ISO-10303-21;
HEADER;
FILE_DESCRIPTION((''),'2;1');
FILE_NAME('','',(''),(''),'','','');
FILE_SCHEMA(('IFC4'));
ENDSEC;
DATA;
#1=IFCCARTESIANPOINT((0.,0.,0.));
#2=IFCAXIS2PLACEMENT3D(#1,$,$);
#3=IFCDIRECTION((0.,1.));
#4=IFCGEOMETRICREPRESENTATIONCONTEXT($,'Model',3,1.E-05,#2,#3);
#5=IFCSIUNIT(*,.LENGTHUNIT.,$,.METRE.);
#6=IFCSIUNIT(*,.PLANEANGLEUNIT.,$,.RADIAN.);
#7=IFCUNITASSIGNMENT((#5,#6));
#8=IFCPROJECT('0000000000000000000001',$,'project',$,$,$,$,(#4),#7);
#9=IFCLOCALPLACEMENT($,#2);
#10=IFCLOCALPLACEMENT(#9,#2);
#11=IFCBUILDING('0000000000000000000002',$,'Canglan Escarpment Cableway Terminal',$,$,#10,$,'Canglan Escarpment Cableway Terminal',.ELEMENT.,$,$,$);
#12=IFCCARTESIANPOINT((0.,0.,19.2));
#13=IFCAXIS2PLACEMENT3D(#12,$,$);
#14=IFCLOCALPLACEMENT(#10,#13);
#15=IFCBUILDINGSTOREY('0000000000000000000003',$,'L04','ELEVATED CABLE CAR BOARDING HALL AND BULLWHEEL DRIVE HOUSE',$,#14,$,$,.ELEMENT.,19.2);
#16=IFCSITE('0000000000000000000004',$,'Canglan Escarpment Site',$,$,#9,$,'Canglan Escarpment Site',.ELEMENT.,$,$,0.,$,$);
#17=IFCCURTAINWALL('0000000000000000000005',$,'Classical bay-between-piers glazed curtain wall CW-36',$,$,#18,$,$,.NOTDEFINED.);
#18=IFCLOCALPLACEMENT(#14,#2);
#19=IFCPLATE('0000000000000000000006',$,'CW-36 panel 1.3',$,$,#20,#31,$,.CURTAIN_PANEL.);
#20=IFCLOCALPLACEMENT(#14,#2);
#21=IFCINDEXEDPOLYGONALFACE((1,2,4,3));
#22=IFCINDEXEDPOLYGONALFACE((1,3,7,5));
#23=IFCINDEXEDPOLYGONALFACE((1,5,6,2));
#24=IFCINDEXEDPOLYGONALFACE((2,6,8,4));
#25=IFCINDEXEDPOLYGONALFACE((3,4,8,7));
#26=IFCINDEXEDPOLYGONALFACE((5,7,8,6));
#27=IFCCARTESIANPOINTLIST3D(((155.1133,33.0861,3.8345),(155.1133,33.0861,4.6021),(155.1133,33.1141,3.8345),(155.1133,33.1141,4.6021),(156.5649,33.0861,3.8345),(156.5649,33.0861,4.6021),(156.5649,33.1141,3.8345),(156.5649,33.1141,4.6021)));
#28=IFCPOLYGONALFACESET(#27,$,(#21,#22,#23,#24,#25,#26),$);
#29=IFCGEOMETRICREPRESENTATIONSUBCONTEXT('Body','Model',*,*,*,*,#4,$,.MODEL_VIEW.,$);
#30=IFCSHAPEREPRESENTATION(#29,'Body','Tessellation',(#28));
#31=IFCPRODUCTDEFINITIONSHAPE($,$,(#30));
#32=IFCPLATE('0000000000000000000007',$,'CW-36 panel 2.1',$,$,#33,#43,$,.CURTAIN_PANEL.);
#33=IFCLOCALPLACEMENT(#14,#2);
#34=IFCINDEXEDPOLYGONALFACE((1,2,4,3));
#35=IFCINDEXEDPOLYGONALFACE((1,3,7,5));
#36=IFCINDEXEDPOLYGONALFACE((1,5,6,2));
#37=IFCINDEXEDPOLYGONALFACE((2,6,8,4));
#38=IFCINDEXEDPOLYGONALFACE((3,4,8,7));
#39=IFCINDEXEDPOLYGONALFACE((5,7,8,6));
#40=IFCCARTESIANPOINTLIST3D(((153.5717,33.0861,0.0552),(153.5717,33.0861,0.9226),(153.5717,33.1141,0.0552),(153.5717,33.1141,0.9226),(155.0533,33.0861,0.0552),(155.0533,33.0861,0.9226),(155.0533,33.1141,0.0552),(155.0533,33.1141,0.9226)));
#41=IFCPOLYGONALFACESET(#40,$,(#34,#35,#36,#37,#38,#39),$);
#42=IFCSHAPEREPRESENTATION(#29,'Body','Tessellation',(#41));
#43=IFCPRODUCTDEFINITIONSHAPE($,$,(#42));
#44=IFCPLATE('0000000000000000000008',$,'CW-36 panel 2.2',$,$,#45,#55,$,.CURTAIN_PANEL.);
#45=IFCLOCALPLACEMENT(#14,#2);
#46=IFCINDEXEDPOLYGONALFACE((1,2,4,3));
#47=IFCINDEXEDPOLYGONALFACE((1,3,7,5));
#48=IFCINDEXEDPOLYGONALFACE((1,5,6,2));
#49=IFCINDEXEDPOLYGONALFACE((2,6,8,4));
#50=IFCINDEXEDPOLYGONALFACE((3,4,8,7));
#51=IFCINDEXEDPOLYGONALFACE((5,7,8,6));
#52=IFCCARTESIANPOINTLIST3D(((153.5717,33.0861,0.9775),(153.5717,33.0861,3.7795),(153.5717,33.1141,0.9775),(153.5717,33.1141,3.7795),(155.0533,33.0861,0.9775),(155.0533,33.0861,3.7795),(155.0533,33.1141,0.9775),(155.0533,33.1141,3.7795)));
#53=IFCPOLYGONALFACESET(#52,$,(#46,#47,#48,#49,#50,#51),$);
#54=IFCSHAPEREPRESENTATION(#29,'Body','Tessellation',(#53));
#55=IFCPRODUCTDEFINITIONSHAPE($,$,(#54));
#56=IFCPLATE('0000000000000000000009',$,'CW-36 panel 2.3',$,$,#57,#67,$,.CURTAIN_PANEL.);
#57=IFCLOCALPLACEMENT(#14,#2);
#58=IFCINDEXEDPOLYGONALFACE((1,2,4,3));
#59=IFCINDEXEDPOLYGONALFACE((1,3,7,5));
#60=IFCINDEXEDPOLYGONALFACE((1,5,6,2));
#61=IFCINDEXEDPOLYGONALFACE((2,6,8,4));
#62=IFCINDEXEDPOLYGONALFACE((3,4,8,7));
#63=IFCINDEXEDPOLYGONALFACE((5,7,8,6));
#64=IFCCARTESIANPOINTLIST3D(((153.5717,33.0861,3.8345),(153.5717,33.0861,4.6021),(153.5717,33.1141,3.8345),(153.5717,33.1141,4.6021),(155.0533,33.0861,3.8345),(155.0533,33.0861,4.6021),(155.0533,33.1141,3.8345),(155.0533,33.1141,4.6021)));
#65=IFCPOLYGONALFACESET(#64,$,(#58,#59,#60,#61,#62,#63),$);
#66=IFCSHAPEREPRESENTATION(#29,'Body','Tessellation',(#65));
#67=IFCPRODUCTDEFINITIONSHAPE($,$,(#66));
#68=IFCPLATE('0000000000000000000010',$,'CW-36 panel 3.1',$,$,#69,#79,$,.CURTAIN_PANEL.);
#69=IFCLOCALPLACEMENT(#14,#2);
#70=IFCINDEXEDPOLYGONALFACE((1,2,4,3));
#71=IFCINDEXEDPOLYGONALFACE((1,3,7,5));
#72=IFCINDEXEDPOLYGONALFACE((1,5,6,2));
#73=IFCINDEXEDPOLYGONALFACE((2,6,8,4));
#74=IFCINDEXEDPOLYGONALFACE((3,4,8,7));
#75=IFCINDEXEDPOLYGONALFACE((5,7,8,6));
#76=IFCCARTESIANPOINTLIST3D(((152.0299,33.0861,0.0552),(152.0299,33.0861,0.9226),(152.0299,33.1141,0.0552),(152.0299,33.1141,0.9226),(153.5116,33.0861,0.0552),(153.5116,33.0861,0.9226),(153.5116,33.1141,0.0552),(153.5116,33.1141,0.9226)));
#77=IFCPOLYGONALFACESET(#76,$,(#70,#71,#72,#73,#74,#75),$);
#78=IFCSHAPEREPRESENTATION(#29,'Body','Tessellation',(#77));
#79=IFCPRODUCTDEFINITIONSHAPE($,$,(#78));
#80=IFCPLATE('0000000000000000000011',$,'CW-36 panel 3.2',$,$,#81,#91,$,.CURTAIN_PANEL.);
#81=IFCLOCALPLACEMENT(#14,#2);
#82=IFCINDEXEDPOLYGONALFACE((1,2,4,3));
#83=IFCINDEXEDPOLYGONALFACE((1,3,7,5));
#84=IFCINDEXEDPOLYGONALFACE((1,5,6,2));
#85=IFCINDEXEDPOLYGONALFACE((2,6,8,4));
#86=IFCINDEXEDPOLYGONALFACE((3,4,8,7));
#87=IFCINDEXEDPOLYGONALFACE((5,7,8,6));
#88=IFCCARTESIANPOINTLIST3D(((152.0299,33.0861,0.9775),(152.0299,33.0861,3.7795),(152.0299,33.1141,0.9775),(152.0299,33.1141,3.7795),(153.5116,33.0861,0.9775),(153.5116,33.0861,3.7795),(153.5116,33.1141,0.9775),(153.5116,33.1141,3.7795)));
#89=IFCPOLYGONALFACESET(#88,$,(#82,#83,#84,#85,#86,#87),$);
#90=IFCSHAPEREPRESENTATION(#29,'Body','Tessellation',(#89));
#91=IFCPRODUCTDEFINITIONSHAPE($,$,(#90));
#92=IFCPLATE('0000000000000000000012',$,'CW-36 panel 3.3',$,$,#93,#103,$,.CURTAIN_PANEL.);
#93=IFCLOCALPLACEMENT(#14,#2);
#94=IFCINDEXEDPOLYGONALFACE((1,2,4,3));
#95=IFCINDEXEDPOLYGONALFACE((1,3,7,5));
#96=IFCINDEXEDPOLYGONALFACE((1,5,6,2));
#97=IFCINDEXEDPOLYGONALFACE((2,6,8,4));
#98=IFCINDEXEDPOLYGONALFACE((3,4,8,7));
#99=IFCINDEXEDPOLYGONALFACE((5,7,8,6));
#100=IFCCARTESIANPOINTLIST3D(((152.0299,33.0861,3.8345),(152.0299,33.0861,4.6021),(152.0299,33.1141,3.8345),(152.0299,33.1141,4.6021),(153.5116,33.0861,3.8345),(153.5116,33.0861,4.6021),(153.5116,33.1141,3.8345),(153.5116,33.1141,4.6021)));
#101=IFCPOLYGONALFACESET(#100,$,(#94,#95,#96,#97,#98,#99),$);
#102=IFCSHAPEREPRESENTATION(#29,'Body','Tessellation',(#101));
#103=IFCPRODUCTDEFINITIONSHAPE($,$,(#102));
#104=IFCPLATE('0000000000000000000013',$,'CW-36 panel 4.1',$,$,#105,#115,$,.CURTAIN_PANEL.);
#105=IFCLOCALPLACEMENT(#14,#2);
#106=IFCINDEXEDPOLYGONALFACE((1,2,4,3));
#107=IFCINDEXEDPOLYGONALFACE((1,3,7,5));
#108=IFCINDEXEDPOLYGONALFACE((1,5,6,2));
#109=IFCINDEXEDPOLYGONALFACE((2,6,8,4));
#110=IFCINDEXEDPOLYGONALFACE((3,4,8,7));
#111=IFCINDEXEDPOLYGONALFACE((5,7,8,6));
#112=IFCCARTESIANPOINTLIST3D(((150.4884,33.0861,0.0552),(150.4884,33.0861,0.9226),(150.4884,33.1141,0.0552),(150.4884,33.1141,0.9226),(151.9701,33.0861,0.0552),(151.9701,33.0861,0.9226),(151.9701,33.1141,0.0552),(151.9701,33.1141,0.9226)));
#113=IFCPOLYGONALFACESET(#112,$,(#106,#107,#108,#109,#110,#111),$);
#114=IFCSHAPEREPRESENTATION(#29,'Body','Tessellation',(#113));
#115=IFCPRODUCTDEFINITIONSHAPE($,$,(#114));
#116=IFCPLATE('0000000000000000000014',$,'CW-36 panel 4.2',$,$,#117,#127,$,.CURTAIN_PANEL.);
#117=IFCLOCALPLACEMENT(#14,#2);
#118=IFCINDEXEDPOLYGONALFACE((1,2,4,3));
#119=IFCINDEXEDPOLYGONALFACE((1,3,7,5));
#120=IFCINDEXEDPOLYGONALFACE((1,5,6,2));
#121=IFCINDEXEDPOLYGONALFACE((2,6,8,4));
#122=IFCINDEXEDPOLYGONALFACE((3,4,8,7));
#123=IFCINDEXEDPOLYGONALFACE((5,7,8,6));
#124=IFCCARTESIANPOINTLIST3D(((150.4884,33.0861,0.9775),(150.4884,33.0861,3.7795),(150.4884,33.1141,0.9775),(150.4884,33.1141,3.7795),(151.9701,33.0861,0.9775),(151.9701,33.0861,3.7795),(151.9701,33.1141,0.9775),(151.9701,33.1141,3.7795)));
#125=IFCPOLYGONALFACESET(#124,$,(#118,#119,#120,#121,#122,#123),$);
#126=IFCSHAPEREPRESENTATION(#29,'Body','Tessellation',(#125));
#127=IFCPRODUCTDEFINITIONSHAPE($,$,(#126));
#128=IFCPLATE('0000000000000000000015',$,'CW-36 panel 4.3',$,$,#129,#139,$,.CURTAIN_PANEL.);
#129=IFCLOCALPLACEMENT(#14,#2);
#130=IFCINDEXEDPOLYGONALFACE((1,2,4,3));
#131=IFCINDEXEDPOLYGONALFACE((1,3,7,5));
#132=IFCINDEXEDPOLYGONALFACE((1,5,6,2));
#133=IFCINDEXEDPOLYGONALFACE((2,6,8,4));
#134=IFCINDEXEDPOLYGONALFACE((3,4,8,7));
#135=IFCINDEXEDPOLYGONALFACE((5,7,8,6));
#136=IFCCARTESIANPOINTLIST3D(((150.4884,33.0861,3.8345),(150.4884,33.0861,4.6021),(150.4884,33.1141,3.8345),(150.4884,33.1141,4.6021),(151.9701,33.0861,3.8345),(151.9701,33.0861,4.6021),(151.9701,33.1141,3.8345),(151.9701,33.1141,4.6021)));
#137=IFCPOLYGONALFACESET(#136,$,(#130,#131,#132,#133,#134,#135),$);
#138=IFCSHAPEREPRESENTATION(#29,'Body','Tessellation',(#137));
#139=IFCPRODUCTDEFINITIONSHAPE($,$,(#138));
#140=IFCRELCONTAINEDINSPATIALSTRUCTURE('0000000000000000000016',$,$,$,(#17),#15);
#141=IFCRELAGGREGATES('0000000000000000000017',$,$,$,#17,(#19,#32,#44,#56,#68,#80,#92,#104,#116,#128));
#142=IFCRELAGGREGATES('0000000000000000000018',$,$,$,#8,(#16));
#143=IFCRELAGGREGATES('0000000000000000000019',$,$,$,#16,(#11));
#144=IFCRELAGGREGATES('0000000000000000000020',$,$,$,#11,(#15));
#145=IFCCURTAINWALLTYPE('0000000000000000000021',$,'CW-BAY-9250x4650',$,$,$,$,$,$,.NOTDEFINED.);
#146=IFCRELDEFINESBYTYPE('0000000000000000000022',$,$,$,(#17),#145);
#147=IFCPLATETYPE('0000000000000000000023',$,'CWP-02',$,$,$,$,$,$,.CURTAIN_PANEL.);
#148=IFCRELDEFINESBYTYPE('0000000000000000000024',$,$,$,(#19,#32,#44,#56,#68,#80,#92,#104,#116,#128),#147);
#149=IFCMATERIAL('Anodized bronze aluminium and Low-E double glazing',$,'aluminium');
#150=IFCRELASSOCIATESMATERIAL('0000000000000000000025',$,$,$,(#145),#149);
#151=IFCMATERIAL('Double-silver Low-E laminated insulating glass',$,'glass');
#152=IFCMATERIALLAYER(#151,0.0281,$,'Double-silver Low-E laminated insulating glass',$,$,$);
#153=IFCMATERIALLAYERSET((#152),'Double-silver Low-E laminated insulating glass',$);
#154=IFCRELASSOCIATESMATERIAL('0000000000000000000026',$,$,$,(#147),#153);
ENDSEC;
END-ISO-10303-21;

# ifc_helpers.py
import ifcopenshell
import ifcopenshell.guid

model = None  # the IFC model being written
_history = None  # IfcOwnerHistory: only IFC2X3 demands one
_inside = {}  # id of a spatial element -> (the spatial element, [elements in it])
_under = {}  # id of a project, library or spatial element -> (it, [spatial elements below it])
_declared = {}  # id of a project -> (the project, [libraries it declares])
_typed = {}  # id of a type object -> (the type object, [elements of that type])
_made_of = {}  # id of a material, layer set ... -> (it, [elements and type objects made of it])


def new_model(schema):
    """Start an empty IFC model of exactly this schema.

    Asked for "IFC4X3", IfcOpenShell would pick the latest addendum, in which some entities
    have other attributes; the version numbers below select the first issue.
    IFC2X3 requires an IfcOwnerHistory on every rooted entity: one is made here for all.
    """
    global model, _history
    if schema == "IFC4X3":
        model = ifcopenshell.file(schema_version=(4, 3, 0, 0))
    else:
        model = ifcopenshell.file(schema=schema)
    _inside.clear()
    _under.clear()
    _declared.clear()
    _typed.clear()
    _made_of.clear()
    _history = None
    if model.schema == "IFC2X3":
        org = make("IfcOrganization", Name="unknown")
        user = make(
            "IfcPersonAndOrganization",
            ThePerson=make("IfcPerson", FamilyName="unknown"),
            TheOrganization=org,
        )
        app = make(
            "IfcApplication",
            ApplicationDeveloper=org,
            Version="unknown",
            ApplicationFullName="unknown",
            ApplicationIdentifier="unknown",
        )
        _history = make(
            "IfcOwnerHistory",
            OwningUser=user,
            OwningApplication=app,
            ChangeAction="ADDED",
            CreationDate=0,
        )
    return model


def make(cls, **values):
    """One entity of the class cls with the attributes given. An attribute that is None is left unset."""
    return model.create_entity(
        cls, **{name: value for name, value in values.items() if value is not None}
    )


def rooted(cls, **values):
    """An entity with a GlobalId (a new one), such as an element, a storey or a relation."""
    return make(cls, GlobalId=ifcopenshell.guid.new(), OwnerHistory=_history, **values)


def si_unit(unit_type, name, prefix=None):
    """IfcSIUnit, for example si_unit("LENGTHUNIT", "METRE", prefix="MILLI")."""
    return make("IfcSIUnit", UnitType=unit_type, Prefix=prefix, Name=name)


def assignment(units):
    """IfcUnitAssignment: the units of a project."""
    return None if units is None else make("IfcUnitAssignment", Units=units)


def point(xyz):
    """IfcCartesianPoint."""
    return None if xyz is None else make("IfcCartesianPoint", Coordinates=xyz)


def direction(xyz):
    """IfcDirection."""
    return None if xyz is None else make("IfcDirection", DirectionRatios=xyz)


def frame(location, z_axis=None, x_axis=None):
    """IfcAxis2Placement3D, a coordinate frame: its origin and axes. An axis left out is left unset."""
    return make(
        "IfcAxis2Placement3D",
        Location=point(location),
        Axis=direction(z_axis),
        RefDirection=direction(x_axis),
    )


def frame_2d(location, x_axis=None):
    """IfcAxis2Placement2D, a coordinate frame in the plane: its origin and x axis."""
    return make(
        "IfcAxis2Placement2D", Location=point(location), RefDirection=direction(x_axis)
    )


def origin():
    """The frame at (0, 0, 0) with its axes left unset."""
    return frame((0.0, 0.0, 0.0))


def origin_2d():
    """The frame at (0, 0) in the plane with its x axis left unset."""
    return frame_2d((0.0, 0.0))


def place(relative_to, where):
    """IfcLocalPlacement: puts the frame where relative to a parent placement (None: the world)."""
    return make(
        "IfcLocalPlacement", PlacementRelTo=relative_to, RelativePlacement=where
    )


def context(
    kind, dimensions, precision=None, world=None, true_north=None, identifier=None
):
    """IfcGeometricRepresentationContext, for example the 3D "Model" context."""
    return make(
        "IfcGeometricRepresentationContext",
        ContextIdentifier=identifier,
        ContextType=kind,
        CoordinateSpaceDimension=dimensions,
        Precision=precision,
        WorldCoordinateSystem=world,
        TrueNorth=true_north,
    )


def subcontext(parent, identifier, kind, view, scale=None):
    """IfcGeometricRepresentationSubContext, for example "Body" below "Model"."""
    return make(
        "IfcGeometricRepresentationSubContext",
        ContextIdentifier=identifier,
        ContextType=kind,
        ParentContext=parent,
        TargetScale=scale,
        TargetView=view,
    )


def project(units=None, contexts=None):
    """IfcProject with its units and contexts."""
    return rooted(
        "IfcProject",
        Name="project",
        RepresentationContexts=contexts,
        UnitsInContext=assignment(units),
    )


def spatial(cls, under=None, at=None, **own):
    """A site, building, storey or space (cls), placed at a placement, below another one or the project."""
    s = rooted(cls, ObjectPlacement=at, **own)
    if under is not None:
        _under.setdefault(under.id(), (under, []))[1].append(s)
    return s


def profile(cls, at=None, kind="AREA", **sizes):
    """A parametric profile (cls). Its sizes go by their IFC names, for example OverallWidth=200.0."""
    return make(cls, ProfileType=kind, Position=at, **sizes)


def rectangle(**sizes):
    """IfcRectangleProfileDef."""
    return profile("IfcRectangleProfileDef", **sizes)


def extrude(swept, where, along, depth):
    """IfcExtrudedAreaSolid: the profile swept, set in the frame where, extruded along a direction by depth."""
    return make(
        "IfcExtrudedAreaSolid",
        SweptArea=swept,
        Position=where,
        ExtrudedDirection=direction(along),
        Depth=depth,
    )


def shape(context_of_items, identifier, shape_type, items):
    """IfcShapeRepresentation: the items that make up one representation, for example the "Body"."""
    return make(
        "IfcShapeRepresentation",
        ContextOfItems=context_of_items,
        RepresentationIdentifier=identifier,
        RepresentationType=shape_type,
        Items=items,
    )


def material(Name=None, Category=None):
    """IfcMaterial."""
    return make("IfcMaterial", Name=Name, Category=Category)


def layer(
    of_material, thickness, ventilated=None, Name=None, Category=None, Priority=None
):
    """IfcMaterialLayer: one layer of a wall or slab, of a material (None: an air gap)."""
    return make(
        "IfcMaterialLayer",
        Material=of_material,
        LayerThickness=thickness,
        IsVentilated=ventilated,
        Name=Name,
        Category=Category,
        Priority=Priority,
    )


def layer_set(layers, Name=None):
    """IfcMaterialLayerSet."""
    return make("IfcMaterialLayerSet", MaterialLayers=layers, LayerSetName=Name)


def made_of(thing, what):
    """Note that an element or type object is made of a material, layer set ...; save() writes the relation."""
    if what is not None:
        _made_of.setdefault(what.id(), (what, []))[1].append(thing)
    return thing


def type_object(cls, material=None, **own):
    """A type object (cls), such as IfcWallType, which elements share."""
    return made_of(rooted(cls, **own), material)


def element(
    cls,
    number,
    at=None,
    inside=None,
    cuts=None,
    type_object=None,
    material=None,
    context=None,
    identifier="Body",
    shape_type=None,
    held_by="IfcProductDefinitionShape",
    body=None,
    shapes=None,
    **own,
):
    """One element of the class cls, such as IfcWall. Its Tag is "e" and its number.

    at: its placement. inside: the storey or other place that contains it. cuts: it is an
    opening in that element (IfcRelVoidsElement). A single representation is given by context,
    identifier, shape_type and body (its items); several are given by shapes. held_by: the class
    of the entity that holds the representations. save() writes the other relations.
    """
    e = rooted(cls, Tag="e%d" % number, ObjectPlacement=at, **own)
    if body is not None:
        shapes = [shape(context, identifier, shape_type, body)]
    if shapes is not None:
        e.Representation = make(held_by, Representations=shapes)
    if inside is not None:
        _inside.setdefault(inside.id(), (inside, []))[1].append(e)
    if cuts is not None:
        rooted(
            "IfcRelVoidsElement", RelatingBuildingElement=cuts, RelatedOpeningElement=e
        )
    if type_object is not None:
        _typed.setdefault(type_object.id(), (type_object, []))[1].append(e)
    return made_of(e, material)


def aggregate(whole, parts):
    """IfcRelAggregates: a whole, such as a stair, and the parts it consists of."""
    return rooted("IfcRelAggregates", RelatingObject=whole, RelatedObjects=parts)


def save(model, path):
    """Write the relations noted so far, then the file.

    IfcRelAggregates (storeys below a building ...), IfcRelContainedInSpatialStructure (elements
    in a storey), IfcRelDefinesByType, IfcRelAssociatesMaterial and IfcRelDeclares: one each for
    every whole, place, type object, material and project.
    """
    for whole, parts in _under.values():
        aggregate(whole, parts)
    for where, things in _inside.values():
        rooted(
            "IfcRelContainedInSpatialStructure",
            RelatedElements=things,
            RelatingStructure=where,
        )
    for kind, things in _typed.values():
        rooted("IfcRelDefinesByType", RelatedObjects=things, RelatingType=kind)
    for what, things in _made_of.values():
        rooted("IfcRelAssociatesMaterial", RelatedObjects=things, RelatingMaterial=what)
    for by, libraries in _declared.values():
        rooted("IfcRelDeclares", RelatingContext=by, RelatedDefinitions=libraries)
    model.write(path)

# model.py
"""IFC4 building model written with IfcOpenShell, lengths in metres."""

from ifc_helpers import new_model, si_unit, direction, frame, origin, origin_2d, place, context, subcontext, project, spatial, rectangle, extrude, material, layer, layer_set, type_object, element, aggregate, save


model = new_model("IFC4")

# Units and contexts
model_context = context("Model", 3, precision=1e-05, world=origin(), true_north=direction((0.0, 1.0)))
body_context = subcontext(model_context, "Body", "Model", "MODEL_VIEW")
ifc_project = project(units=[si_unit("LENGTHUNIT", "METRE"), si_unit("PLANEANGLEUNIT", "RADIAN")], contexts=[model_context])

# Site, building, storey
site_placement = place(None, origin())
site = spatial("IfcSite", under=ifc_project, at=site_placement, Name="Canglan Escarpment Site", LongName="Canglan Escarpment Site", CompositionType="ELEMENT", RefElevation=0.0)
building_placement = place(site_placement, origin())
building = spatial("IfcBuilding", under=site, at=building_placement, Name="Canglan Escarpment Cableway Terminal", LongName="Canglan Escarpment Cableway Terminal", CompositionType="ELEMENT")
storey_placement = place(building_placement, frame((0.0, 0.0, 19.2)))
storey = spatial("IfcBuildingStorey", under=building, at=storey_placement, Name="L04", Description="ELEVATED CABLE CAR BOARDING HALL AND BULLWHEEL DRIVE HOUSE", CompositionType="ELEMENT", Elevation=19.2)

# Curtain wall
ifc_material_1 = material(Name="Anodized bronze aluminium and Low-E double glazing", Category="aluminium")
curtain_wall_type = type_object("IfcCurtainWallType", Name="CW-BAY-9250x4650", PredefinedType="NOTDEFINED", material=ifc_material_1)
curtain_wall_placement = place(storey_placement, origin())
curtain_wall = element("IfcCurtainWall", 1, at=curtain_wall_placement, inside=storey, type_object=curtain_wall_type, Name="Classical bay-between-piers glazed curtain wall CW-36", PredefinedType="NOTDEFINED")

# Plates
ifc_material_2 = material(Name="Double-silver Low-E laminated insulating glass", Category="glass")
ifc_layer = layer(ifc_material_2, 0.0281, Name="Double-silver Low-E laminated insulating glass")
ifc_layer_set = layer_set([ifc_layer], Name="Double-silver Low-E laminated insulating glass")
plate_type = type_object("IfcPlateType", Name="CWP-02", PredefinedType="CURTAIN_PANEL", material=ifc_layer_set)
plate_1_placement = place(storey_placement, frame((155.8391, 33.1001, 3.8345), z_axis=(0.0, 0.0, 1.0), x_axis=(-1.0, 0.0, 0.0)))
plate_1 = element("IfcPlate", 2, at=plate_1_placement, type_object=plate_type, Name="CW-36 panel 1.3", PredefinedType="CURTAIN_PANEL", context=body_context, shape_type="SweptSolid", body=[
    extrude(rectangle(XDim=1.4517, YDim=0.0281, at=origin_2d()), origin(), (0.0, 0.0, 1.0), 0.7676),
])
plate_2_placement = place(storey_placement, frame((154.3125, 33.1001, 0.0552), z_axis=(0.0, 0.0, 1.0), x_axis=(-1.0, 0.0, 0.0)))
plate_2 = element("IfcPlate", 3, at=plate_2_placement, type_object=plate_type, Name="CW-36 panel 2.1", PredefinedType="CURTAIN_PANEL", context=body_context, shape_type="SweptSolid", body=[
    extrude(rectangle(XDim=1.4817, YDim=0.0281, at=origin_2d()), origin(), (0.0, 0.0, 1.0), 0.8674),
])
plate_3_placement = place(storey_placement, frame((154.3125, 33.1001, 0.9775), z_axis=(0.0, 0.0, 1.0), x_axis=(-1.0, 0.0, 0.0)))
plate_3 = element("IfcPlate", 4, at=plate_3_placement, type_object=plate_type, Name="CW-36 panel 2.2", PredefinedType="CURTAIN_PANEL", context=body_context, shape_type="SweptSolid", body=[
    extrude(rectangle(XDim=1.4817, YDim=0.0281, at=origin_2d()), origin(), (0.0, 0.0, 1.0), 2.802),
])
plate_4_placement = place(storey_placement, frame((154.3125, 33.1001, 3.8345), z_axis=(0.0, 0.0, 1.0), x_axis=(-1.0, 0.0, 0.0)))
plate_4 = element("IfcPlate", 5, at=plate_4_placement, type_object=plate_type, Name="CW-36 panel 2.3", PredefinedType="CURTAIN_PANEL", context=body_context, shape_type="SweptSolid", body=[
    extrude(rectangle(XDim=1.4817, YDim=0.0281, at=origin_2d()), origin(), (0.0, 0.0, 1.0), 0.7676),
])
plate_5_placement = place(storey_placement, frame((152.7708, 33.1001, 0.0552), z_axis=(0.0, 0.0, 1.0), x_axis=(-1.0, 0.0, 0.0)))
plate_5 = element("IfcPlate", 6, at=plate_5_placement, type_object=plate_type, Name="CW-36 panel 3.1", PredefinedType="CURTAIN_PANEL", context=body_context, shape_type="SweptSolid", body=[
    extrude(rectangle(XDim=1.4817, YDim=0.0281, at=origin_2d()), origin(), (0.0, 0.0, 1.0), 0.8674),
])
plate_6_placement = place(storey_placement, frame((152.7708, 33.1001, 0.9775), z_axis=(0.0, 0.0, 1.0), x_axis=(-1.0, 0.0, 0.0)))
plate_6 = element("IfcPlate", 7, at=plate_6_placement, type_object=plate_type, Name="CW-36 panel 3.2", PredefinedType="CURTAIN_PANEL", context=body_context, shape_type="SweptSolid", body=[
    extrude(rectangle(XDim=1.4817, YDim=0.0281, at=origin_2d()), origin(), (0.0, 0.0, 1.0), 2.802),
])
plate_7_placement = place(storey_placement, frame((152.7708, 33.1001, 3.8345), z_axis=(0.0, 0.0, 1.0), x_axis=(-1.0, 0.0, 0.0)))
plate_7 = element("IfcPlate", 8, at=plate_7_placement, type_object=plate_type, Name="CW-36 panel 3.3", PredefinedType="CURTAIN_PANEL", context=body_context, shape_type="SweptSolid", body=[
    extrude(rectangle(XDim=1.4817, YDim=0.0281, at=origin_2d()), origin(), (0.0, 0.0, 1.0), 0.7676),
])
plate_8_placement = place(storey_placement, frame((151.2292, 33.1001, 0.0552), z_axis=(0.0, 0.0, 1.0), x_axis=(-1.0, 0.0, 0.0)))
plate_8 = element("IfcPlate", 9, at=plate_8_placement, type_object=plate_type, Name="CW-36 panel 4.1", PredefinedType="CURTAIN_PANEL", context=body_context, shape_type="SweptSolid", body=[
    extrude(rectangle(XDim=1.4817, YDim=0.0281, at=origin_2d()), origin(), (0.0, 0.0, 1.0), 0.8674),
])
plate_9_placement = place(storey_placement, frame((151.2292, 33.1001, 0.9775), z_axis=(0.0, 0.0, 1.0), x_axis=(-1.0, 0.0, 0.0)))
plate_9 = element("IfcPlate", 10, at=plate_9_placement, type_object=plate_type, Name="CW-36 panel 4.2", PredefinedType="CURTAIN_PANEL", context=body_context, shape_type="SweptSolid", body=[
    extrude(rectangle(XDim=1.4817, YDim=0.0281, at=origin_2d()), origin(), (0.0, 0.0, 1.0), 2.802),
])
plate_10_placement = place(storey_placement, frame((151.2292, 33.1001, 3.8345), z_axis=(0.0, 0.0, 1.0), x_axis=(-1.0, 0.0, 0.0)))
plate_10 = element("IfcPlate", 11, at=plate_10_placement, type_object=plate_type, Name="CW-36 panel 4.3", PredefinedType="CURTAIN_PANEL", context=body_context, shape_type="SweptSolid", body=[
    extrude(rectangle(XDim=1.4817, YDim=0.0281, at=origin_2d()), origin(), (0.0, 0.0, 1.0), 0.7676),
])
aggregate(curtain_wall, [plate_1, plate_2, plate_3, plate_4, plate_5, plate_6, plate_7, plate_8, plate_9, plate_10])

save(model, "model.ifc")
